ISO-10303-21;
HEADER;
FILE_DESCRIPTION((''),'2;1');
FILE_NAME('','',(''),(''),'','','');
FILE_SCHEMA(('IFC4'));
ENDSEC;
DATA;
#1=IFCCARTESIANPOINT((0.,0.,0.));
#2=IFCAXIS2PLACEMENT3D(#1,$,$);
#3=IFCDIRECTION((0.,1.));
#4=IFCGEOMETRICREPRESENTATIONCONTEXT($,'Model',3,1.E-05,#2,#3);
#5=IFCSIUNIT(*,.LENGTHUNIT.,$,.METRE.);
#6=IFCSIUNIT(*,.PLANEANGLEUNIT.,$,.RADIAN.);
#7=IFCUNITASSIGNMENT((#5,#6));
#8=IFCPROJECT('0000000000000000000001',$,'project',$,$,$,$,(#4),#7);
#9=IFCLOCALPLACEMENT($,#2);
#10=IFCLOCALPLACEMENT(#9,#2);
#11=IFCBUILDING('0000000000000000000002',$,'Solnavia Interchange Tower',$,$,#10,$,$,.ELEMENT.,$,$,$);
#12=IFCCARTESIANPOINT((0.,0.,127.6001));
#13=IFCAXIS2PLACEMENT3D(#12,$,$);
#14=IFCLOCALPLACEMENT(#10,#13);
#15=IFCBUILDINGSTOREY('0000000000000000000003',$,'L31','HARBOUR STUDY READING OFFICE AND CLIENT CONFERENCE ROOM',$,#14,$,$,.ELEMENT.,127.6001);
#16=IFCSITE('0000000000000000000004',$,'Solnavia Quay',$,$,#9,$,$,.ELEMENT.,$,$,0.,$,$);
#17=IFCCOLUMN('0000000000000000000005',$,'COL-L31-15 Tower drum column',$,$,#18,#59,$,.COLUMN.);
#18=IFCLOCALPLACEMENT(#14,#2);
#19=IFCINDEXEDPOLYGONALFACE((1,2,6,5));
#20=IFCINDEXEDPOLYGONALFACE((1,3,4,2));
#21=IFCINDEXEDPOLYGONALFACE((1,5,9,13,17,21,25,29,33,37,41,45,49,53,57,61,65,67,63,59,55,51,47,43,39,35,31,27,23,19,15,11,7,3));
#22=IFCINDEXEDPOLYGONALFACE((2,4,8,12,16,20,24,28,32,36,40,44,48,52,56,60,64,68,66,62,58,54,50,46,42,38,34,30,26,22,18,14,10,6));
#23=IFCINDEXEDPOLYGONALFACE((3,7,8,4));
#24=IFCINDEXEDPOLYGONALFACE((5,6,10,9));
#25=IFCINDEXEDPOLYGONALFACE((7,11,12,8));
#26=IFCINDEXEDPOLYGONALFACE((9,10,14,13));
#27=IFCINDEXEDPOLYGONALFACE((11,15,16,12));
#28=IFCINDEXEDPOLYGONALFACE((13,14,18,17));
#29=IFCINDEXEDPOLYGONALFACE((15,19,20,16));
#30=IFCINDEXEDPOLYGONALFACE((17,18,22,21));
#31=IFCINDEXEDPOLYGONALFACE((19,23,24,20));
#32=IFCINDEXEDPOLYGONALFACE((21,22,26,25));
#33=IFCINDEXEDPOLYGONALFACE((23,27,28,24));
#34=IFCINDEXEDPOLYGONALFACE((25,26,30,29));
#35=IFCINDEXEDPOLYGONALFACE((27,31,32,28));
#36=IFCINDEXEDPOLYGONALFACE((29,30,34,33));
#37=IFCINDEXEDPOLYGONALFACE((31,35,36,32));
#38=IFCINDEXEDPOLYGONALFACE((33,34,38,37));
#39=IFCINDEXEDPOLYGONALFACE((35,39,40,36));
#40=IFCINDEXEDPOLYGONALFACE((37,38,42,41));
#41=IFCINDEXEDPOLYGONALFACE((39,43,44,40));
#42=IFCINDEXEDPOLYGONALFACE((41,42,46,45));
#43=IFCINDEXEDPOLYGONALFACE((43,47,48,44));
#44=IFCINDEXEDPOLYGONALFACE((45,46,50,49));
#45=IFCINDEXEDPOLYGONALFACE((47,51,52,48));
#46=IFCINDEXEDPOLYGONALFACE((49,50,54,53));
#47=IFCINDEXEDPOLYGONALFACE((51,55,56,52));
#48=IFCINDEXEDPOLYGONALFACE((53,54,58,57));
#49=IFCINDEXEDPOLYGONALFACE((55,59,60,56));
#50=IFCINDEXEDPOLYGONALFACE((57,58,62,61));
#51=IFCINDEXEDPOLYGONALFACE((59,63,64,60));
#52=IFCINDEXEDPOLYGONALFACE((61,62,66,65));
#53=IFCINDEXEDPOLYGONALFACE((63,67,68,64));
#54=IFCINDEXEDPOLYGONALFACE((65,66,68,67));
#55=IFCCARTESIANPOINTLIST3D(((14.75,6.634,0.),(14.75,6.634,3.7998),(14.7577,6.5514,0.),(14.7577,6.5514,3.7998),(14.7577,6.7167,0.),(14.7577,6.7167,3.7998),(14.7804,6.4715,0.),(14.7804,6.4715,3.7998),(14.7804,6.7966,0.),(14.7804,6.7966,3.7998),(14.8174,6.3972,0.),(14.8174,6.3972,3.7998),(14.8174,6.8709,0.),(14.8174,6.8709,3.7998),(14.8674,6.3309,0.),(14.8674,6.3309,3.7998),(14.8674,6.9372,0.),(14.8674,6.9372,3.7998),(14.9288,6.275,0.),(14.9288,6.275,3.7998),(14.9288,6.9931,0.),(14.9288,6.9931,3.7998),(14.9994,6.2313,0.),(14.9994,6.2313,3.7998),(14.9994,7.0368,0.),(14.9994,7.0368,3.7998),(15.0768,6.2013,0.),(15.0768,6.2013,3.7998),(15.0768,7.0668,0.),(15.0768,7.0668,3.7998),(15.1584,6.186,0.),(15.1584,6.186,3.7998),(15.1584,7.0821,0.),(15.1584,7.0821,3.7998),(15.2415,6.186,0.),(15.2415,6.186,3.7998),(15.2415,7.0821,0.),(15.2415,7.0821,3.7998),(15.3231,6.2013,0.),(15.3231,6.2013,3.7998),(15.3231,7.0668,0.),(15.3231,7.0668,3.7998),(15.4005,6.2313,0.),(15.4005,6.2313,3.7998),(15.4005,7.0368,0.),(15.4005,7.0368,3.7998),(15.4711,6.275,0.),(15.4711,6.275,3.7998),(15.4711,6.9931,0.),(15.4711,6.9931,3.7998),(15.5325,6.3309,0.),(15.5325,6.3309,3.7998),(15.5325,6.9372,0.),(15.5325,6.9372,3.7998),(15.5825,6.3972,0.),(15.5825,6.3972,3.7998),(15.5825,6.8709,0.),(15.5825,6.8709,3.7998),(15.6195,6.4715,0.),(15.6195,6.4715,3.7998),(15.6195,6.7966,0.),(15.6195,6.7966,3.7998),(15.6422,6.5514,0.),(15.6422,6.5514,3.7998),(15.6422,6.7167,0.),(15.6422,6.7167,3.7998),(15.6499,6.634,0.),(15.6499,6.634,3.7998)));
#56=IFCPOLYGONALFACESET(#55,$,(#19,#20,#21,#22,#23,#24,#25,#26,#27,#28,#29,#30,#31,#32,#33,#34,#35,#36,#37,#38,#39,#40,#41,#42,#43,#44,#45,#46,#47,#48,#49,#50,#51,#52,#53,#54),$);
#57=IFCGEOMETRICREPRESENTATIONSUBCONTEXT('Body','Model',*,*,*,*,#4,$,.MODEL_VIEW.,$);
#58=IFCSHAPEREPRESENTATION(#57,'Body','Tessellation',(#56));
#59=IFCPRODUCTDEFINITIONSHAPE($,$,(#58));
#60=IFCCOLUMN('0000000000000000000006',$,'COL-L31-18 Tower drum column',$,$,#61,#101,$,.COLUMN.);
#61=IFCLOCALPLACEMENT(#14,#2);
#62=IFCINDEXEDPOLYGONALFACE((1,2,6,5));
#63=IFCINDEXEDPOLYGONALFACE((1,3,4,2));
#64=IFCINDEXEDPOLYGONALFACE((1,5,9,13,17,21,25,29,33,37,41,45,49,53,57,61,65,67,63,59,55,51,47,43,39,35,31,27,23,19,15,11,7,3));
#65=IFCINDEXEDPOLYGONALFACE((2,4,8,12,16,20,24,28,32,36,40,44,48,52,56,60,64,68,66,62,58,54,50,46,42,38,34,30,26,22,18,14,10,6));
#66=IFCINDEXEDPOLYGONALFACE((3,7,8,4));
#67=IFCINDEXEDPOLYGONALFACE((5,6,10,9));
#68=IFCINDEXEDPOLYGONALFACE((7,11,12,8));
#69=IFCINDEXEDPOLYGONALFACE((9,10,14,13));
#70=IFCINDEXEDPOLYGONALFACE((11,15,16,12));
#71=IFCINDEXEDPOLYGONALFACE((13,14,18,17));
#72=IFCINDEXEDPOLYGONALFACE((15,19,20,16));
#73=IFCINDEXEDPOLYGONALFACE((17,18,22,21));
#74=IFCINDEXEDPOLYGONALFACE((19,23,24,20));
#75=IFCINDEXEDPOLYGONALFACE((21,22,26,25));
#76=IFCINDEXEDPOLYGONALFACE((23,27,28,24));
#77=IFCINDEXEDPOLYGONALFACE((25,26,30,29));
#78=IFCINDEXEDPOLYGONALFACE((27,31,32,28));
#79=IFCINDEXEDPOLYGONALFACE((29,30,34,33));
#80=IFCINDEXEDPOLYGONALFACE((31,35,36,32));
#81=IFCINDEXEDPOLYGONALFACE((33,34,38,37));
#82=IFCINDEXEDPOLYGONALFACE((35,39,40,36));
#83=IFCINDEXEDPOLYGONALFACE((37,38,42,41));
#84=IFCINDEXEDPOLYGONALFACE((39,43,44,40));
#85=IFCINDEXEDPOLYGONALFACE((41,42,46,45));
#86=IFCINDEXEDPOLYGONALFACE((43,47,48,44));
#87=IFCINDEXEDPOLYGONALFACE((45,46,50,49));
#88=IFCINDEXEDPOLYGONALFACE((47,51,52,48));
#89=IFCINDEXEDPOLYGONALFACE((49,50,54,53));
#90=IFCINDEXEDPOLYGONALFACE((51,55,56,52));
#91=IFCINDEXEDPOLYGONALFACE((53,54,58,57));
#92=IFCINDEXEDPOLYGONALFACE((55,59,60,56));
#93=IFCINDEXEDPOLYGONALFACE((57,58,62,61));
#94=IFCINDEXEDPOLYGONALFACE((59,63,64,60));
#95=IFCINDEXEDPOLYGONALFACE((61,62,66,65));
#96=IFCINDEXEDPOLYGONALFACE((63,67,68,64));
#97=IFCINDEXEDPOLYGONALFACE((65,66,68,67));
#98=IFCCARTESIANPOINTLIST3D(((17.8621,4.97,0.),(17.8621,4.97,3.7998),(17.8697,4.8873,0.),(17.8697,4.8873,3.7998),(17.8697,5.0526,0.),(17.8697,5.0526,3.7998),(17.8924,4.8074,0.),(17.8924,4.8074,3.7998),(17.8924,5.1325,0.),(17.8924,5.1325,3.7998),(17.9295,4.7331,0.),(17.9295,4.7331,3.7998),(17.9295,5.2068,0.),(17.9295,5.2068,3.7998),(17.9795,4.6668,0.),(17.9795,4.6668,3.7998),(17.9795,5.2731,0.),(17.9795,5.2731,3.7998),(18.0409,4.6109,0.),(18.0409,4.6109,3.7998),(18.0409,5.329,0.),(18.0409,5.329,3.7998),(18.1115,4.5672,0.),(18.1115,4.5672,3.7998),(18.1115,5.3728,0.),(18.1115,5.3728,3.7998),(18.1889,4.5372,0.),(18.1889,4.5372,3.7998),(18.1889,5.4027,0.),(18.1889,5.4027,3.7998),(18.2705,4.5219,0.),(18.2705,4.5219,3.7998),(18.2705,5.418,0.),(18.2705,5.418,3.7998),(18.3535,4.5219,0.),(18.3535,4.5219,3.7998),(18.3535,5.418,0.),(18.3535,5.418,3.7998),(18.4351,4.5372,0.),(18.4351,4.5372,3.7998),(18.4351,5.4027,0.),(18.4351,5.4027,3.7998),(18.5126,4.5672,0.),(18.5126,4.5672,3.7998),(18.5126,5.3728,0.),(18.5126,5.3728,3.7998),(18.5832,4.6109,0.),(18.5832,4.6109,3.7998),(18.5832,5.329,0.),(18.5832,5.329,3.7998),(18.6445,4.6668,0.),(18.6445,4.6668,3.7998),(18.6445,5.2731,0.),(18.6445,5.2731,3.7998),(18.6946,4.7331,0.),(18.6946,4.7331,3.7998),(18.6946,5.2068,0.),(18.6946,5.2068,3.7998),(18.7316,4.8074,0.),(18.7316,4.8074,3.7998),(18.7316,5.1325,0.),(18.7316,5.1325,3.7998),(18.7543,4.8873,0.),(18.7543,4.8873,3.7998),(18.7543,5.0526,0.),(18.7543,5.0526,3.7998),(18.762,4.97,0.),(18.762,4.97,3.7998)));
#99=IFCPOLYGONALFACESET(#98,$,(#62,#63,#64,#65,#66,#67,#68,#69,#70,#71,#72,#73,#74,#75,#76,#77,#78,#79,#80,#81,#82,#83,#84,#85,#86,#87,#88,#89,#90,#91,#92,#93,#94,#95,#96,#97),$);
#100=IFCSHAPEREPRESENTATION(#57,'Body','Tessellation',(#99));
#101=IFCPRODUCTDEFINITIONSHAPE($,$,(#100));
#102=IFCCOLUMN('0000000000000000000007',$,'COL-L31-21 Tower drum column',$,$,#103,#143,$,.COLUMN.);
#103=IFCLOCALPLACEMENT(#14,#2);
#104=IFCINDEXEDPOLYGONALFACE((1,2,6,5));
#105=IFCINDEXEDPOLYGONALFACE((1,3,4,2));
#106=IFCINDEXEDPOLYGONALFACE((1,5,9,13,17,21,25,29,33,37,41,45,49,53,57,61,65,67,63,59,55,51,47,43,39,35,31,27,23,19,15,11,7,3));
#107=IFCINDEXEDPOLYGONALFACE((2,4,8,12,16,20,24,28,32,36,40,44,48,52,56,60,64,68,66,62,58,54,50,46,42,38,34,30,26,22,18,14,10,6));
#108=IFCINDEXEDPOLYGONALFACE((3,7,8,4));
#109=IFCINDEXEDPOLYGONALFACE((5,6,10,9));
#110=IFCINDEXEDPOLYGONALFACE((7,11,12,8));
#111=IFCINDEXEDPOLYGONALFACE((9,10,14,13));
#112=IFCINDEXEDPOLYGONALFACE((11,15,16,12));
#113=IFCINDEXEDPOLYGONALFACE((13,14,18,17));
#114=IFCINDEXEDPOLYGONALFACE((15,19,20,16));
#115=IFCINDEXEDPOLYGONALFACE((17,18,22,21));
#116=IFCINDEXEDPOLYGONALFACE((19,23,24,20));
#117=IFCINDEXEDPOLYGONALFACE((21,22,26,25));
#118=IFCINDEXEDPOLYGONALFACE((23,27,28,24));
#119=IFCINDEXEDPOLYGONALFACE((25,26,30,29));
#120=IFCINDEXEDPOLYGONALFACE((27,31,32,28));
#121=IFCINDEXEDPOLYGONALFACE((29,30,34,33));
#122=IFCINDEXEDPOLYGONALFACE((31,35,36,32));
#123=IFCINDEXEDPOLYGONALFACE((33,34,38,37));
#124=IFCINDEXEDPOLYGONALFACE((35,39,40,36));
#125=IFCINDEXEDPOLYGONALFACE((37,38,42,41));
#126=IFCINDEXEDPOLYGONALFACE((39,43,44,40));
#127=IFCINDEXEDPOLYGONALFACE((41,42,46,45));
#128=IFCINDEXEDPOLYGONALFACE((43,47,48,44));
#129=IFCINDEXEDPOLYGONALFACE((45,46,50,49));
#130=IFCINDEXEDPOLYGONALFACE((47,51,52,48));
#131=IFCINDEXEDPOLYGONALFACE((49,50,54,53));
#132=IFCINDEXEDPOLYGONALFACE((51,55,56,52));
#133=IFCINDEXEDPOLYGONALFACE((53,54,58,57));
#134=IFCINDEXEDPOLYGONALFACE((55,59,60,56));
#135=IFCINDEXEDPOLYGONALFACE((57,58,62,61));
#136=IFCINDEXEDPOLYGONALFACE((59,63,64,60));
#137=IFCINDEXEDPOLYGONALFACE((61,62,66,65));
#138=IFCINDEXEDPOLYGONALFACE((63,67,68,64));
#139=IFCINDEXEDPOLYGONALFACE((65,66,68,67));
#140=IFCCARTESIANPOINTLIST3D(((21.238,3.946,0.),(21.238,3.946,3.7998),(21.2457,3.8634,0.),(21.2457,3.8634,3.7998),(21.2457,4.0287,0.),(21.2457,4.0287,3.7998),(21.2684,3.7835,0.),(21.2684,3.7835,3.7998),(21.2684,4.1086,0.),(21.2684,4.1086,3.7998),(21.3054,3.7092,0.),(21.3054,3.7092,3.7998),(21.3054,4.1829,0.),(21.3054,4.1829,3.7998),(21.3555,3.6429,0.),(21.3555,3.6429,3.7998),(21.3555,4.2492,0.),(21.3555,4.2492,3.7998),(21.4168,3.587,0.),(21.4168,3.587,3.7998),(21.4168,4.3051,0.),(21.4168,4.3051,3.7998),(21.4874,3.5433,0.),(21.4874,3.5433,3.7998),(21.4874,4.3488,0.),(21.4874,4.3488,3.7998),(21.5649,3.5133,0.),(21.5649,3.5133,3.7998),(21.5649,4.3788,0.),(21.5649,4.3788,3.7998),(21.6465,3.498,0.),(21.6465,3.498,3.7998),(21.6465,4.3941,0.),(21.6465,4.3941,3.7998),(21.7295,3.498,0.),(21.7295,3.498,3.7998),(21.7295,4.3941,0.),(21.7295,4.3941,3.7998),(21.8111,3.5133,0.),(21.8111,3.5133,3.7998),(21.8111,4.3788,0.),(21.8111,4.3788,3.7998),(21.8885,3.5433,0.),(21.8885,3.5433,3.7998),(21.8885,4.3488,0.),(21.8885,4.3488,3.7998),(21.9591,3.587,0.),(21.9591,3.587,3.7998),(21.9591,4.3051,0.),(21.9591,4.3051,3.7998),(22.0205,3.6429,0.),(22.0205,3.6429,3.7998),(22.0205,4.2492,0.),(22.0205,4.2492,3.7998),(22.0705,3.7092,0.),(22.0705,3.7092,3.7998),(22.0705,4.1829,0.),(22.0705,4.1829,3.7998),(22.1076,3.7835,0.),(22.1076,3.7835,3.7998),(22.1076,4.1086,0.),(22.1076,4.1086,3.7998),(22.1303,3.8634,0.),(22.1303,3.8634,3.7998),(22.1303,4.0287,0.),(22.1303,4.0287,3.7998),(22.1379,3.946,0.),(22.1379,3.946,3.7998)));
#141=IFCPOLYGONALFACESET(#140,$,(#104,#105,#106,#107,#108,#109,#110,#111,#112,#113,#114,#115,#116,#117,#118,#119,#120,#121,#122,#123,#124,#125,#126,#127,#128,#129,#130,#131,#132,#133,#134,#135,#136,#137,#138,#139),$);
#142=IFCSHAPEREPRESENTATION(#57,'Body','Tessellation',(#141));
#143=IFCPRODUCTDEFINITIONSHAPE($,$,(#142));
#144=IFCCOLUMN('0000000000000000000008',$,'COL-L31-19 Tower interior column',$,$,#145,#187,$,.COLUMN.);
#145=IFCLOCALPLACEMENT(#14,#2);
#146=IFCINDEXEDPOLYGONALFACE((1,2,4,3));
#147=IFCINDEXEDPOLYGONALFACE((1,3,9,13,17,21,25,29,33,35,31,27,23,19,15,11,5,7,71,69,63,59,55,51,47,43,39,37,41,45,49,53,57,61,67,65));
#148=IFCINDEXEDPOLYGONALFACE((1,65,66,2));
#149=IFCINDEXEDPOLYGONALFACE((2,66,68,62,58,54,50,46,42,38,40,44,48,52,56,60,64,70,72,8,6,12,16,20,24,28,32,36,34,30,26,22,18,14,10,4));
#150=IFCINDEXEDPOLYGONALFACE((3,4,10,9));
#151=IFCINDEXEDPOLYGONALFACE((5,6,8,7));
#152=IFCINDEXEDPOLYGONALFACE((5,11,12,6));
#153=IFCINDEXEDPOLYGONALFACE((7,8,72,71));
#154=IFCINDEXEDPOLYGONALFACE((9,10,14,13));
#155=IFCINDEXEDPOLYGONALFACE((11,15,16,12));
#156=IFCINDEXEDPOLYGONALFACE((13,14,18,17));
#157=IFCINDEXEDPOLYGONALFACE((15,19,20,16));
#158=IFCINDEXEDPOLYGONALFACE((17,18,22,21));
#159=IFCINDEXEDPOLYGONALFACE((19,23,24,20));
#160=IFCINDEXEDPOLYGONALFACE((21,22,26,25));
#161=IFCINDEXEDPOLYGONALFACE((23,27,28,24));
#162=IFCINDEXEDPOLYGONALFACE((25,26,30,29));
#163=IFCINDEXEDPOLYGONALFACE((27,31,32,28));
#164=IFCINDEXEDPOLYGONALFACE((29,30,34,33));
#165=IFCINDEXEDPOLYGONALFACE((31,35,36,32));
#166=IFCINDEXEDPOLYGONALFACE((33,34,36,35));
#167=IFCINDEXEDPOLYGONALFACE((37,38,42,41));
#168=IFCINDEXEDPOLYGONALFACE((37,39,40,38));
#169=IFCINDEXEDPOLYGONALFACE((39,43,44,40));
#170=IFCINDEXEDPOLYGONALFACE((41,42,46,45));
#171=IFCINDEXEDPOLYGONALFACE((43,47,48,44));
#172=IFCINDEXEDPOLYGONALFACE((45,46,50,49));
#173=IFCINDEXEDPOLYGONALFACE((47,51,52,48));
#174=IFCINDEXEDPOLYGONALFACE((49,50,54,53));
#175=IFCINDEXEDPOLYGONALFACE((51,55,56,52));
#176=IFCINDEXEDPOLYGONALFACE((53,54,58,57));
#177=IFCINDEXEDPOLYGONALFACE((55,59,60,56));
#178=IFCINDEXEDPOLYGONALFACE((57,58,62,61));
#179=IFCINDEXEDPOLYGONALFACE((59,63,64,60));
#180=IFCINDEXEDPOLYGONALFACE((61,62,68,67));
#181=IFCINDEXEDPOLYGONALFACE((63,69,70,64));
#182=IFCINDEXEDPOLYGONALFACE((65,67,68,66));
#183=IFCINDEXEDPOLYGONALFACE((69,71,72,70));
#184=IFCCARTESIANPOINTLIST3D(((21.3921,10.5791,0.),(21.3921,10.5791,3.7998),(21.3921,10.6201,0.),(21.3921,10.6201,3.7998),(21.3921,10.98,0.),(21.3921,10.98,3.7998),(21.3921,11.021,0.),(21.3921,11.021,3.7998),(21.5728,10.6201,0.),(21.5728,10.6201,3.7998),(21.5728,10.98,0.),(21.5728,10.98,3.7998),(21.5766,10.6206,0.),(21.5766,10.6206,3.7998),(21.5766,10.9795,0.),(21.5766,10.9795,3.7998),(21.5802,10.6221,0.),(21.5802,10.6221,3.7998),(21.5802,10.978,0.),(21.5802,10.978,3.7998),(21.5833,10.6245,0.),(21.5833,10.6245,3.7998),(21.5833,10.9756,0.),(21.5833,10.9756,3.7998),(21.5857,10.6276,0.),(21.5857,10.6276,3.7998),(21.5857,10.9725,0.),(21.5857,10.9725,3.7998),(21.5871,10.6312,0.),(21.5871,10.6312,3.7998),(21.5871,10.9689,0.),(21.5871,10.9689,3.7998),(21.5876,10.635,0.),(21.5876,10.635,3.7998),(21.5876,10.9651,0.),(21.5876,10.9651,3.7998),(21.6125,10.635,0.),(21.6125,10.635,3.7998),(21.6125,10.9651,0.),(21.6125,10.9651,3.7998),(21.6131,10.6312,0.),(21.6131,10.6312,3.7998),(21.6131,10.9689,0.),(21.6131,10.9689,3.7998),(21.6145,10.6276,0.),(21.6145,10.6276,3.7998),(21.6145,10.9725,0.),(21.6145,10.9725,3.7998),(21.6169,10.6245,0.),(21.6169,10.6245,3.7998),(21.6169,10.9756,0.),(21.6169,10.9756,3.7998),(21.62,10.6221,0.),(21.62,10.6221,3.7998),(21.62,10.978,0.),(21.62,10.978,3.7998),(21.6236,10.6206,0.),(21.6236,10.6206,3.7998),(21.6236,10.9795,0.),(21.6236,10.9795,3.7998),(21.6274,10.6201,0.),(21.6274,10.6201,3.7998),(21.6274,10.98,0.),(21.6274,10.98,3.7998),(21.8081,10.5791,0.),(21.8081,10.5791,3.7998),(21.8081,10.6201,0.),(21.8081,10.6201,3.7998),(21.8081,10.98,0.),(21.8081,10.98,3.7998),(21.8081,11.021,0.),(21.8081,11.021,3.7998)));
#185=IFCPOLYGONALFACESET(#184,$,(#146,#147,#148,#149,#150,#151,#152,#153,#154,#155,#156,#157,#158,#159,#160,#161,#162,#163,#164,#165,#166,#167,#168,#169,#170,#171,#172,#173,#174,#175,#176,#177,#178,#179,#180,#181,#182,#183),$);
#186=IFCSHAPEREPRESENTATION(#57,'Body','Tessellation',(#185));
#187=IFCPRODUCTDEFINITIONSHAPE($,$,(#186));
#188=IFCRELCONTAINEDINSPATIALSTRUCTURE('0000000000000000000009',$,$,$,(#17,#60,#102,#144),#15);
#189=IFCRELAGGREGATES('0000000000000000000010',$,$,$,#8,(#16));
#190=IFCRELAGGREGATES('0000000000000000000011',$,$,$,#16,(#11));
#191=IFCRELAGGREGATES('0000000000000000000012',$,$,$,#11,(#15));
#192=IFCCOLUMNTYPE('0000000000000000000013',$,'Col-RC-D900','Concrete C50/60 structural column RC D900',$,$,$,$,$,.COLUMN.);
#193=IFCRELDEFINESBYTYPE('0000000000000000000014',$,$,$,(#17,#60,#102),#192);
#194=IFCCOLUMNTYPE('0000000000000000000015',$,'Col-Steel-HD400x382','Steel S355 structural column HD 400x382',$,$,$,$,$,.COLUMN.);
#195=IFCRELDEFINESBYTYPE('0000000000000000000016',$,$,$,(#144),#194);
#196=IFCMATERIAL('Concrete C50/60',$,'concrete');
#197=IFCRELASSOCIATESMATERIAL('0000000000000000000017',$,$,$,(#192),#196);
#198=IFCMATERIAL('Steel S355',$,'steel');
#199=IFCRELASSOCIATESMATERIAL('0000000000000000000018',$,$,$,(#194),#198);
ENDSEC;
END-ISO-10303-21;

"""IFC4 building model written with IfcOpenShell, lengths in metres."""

from ifc_helpers import new_model, si_unit, direction, frame, origin, origin_2d, place, context, subcontext, project, spatial, circle, i_section, extrude, material, material_profile, profile_set, type_object, element, save


model = new_model("IFC4")

# Units and contexts
model_context = context("Model", 3, precision=1e-05, world=origin(), true_north=direction((0.0, 1.0)))
body_context = subcontext(model_context, "Body", "Model", "MODEL_VIEW")
ifc_project = project(units=[si_unit("LENGTHUNIT", "METRE"), si_unit("PLANEANGLEUNIT", "RADIAN")], contexts=[model_context])

# Site, building, storey
site_placement = place(None, origin())
site = spatial("IfcSite", under=ifc_project, at=site_placement, Name="Solnavia Quay", CompositionType="ELEMENT", RefElevation=0.0)
building_placement = place(site_placement, origin())
building = spatial("IfcBuilding", under=site, at=building_placement, Name="Solnavia Interchange Tower", CompositionType="ELEMENT")
storey_placement = place(building_placement, frame((0.0, 0.0, 127.6001)))
storey = spatial("IfcBuildingStorey", under=building, at=storey_placement, Name="L31", Description="HARBOUR STUDY READING OFFICE AND CLIENT CONFERENCE ROOM", CompositionType="ELEMENT", Elevation=127.6001)

# Columns
ifc_material_1 = material(Name="Concrete C50/60", Category="concrete")
ifc_material_profile_1 = material_profile(ifc_material_1, circle(Radius=0.45, at=origin_2d()), Name="RC D900")
ifc_profile_set_1 = profile_set([ifc_material_profile_1], Name="Concrete C50/60")
column_type_1 = type_object("IfcColumnType", Name="Col-RC-D900", Description="Concrete C50/60 structural column RC D900", PredefinedType="COLUMN", material=ifc_profile_set_1)
for number, where, z_axis, x_axis, name in (
    (1, (15.2, 6.634, 0.0), (0.0, 0.0, 1.0), (1.0, 0.0, 0.0), "COL-L31-15 Tower drum column"),
    (2, (18.312, 4.97, 0.0), (0.0, 0.0, 1.0), (1.0, 0.0, 0.0), "COL-L31-18 Tower drum column"),
    (3, (21.688, 3.946, 0.0), (0.0, 0.0, 1.0), (1.0, 0.0, 0.0), "COL-L31-21 Tower drum column"),
):
    element("IfcColumn", number, at=place(storey_placement, frame(where, z_axis=z_axis, x_axis=x_axis)), inside=storey, type_object=column_type_1, Name=name, PredefinedType="COLUMN", context=body_context, shape_type="SweptSolid", body=[
        extrude(circle(Radius=0.45, at=origin_2d()), origin(), (0.0, 0.0, 1.0), 3.7998),
    ])
ifc_material_2 = material(Name="Steel S355", Category="steel")
ifc_material_profile_2 = material_profile(ifc_material_2, i_section(OverallWidth=0.416, OverallDepth=0.4419, WebThickness=0.0249, FlangeThickness=0.041, FilletRadius=0.0149, at=origin_2d()), Name="HD 400x382")
ifc_profile_set_2 = profile_set([ifc_material_profile_2], Name="Steel S355")
column_type_2 = type_object("IfcColumnType", Name="Col-Steel-HD400x382", Description="Steel S355 structural column HD 400x382", PredefinedType="COLUMN", material=ifc_profile_set_2)
column_placement = place(storey_placement, frame((21.6001, 10.8, 0.0), z_axis=(0.0, 0.0, 1.0), x_axis=(1.0, 0.0, 0.0)))
element("IfcColumn", 4, at=column_placement, inside=storey, type_object=column_type_2, Name="COL-L31-19 Tower interior column", PredefinedType="COLUMN", context=body_context, shape_type="SweptSolid", body=[
    extrude(i_section(OverallWidth=0.416, OverallDepth=0.4419, WebThickness=0.0249, FlangeThickness=0.041, FilletRadius=0.0149, at=origin_2d()), origin(), (0.0, 0.0, 1.0), 3.7998),
])

save(model, "model.ifc")
